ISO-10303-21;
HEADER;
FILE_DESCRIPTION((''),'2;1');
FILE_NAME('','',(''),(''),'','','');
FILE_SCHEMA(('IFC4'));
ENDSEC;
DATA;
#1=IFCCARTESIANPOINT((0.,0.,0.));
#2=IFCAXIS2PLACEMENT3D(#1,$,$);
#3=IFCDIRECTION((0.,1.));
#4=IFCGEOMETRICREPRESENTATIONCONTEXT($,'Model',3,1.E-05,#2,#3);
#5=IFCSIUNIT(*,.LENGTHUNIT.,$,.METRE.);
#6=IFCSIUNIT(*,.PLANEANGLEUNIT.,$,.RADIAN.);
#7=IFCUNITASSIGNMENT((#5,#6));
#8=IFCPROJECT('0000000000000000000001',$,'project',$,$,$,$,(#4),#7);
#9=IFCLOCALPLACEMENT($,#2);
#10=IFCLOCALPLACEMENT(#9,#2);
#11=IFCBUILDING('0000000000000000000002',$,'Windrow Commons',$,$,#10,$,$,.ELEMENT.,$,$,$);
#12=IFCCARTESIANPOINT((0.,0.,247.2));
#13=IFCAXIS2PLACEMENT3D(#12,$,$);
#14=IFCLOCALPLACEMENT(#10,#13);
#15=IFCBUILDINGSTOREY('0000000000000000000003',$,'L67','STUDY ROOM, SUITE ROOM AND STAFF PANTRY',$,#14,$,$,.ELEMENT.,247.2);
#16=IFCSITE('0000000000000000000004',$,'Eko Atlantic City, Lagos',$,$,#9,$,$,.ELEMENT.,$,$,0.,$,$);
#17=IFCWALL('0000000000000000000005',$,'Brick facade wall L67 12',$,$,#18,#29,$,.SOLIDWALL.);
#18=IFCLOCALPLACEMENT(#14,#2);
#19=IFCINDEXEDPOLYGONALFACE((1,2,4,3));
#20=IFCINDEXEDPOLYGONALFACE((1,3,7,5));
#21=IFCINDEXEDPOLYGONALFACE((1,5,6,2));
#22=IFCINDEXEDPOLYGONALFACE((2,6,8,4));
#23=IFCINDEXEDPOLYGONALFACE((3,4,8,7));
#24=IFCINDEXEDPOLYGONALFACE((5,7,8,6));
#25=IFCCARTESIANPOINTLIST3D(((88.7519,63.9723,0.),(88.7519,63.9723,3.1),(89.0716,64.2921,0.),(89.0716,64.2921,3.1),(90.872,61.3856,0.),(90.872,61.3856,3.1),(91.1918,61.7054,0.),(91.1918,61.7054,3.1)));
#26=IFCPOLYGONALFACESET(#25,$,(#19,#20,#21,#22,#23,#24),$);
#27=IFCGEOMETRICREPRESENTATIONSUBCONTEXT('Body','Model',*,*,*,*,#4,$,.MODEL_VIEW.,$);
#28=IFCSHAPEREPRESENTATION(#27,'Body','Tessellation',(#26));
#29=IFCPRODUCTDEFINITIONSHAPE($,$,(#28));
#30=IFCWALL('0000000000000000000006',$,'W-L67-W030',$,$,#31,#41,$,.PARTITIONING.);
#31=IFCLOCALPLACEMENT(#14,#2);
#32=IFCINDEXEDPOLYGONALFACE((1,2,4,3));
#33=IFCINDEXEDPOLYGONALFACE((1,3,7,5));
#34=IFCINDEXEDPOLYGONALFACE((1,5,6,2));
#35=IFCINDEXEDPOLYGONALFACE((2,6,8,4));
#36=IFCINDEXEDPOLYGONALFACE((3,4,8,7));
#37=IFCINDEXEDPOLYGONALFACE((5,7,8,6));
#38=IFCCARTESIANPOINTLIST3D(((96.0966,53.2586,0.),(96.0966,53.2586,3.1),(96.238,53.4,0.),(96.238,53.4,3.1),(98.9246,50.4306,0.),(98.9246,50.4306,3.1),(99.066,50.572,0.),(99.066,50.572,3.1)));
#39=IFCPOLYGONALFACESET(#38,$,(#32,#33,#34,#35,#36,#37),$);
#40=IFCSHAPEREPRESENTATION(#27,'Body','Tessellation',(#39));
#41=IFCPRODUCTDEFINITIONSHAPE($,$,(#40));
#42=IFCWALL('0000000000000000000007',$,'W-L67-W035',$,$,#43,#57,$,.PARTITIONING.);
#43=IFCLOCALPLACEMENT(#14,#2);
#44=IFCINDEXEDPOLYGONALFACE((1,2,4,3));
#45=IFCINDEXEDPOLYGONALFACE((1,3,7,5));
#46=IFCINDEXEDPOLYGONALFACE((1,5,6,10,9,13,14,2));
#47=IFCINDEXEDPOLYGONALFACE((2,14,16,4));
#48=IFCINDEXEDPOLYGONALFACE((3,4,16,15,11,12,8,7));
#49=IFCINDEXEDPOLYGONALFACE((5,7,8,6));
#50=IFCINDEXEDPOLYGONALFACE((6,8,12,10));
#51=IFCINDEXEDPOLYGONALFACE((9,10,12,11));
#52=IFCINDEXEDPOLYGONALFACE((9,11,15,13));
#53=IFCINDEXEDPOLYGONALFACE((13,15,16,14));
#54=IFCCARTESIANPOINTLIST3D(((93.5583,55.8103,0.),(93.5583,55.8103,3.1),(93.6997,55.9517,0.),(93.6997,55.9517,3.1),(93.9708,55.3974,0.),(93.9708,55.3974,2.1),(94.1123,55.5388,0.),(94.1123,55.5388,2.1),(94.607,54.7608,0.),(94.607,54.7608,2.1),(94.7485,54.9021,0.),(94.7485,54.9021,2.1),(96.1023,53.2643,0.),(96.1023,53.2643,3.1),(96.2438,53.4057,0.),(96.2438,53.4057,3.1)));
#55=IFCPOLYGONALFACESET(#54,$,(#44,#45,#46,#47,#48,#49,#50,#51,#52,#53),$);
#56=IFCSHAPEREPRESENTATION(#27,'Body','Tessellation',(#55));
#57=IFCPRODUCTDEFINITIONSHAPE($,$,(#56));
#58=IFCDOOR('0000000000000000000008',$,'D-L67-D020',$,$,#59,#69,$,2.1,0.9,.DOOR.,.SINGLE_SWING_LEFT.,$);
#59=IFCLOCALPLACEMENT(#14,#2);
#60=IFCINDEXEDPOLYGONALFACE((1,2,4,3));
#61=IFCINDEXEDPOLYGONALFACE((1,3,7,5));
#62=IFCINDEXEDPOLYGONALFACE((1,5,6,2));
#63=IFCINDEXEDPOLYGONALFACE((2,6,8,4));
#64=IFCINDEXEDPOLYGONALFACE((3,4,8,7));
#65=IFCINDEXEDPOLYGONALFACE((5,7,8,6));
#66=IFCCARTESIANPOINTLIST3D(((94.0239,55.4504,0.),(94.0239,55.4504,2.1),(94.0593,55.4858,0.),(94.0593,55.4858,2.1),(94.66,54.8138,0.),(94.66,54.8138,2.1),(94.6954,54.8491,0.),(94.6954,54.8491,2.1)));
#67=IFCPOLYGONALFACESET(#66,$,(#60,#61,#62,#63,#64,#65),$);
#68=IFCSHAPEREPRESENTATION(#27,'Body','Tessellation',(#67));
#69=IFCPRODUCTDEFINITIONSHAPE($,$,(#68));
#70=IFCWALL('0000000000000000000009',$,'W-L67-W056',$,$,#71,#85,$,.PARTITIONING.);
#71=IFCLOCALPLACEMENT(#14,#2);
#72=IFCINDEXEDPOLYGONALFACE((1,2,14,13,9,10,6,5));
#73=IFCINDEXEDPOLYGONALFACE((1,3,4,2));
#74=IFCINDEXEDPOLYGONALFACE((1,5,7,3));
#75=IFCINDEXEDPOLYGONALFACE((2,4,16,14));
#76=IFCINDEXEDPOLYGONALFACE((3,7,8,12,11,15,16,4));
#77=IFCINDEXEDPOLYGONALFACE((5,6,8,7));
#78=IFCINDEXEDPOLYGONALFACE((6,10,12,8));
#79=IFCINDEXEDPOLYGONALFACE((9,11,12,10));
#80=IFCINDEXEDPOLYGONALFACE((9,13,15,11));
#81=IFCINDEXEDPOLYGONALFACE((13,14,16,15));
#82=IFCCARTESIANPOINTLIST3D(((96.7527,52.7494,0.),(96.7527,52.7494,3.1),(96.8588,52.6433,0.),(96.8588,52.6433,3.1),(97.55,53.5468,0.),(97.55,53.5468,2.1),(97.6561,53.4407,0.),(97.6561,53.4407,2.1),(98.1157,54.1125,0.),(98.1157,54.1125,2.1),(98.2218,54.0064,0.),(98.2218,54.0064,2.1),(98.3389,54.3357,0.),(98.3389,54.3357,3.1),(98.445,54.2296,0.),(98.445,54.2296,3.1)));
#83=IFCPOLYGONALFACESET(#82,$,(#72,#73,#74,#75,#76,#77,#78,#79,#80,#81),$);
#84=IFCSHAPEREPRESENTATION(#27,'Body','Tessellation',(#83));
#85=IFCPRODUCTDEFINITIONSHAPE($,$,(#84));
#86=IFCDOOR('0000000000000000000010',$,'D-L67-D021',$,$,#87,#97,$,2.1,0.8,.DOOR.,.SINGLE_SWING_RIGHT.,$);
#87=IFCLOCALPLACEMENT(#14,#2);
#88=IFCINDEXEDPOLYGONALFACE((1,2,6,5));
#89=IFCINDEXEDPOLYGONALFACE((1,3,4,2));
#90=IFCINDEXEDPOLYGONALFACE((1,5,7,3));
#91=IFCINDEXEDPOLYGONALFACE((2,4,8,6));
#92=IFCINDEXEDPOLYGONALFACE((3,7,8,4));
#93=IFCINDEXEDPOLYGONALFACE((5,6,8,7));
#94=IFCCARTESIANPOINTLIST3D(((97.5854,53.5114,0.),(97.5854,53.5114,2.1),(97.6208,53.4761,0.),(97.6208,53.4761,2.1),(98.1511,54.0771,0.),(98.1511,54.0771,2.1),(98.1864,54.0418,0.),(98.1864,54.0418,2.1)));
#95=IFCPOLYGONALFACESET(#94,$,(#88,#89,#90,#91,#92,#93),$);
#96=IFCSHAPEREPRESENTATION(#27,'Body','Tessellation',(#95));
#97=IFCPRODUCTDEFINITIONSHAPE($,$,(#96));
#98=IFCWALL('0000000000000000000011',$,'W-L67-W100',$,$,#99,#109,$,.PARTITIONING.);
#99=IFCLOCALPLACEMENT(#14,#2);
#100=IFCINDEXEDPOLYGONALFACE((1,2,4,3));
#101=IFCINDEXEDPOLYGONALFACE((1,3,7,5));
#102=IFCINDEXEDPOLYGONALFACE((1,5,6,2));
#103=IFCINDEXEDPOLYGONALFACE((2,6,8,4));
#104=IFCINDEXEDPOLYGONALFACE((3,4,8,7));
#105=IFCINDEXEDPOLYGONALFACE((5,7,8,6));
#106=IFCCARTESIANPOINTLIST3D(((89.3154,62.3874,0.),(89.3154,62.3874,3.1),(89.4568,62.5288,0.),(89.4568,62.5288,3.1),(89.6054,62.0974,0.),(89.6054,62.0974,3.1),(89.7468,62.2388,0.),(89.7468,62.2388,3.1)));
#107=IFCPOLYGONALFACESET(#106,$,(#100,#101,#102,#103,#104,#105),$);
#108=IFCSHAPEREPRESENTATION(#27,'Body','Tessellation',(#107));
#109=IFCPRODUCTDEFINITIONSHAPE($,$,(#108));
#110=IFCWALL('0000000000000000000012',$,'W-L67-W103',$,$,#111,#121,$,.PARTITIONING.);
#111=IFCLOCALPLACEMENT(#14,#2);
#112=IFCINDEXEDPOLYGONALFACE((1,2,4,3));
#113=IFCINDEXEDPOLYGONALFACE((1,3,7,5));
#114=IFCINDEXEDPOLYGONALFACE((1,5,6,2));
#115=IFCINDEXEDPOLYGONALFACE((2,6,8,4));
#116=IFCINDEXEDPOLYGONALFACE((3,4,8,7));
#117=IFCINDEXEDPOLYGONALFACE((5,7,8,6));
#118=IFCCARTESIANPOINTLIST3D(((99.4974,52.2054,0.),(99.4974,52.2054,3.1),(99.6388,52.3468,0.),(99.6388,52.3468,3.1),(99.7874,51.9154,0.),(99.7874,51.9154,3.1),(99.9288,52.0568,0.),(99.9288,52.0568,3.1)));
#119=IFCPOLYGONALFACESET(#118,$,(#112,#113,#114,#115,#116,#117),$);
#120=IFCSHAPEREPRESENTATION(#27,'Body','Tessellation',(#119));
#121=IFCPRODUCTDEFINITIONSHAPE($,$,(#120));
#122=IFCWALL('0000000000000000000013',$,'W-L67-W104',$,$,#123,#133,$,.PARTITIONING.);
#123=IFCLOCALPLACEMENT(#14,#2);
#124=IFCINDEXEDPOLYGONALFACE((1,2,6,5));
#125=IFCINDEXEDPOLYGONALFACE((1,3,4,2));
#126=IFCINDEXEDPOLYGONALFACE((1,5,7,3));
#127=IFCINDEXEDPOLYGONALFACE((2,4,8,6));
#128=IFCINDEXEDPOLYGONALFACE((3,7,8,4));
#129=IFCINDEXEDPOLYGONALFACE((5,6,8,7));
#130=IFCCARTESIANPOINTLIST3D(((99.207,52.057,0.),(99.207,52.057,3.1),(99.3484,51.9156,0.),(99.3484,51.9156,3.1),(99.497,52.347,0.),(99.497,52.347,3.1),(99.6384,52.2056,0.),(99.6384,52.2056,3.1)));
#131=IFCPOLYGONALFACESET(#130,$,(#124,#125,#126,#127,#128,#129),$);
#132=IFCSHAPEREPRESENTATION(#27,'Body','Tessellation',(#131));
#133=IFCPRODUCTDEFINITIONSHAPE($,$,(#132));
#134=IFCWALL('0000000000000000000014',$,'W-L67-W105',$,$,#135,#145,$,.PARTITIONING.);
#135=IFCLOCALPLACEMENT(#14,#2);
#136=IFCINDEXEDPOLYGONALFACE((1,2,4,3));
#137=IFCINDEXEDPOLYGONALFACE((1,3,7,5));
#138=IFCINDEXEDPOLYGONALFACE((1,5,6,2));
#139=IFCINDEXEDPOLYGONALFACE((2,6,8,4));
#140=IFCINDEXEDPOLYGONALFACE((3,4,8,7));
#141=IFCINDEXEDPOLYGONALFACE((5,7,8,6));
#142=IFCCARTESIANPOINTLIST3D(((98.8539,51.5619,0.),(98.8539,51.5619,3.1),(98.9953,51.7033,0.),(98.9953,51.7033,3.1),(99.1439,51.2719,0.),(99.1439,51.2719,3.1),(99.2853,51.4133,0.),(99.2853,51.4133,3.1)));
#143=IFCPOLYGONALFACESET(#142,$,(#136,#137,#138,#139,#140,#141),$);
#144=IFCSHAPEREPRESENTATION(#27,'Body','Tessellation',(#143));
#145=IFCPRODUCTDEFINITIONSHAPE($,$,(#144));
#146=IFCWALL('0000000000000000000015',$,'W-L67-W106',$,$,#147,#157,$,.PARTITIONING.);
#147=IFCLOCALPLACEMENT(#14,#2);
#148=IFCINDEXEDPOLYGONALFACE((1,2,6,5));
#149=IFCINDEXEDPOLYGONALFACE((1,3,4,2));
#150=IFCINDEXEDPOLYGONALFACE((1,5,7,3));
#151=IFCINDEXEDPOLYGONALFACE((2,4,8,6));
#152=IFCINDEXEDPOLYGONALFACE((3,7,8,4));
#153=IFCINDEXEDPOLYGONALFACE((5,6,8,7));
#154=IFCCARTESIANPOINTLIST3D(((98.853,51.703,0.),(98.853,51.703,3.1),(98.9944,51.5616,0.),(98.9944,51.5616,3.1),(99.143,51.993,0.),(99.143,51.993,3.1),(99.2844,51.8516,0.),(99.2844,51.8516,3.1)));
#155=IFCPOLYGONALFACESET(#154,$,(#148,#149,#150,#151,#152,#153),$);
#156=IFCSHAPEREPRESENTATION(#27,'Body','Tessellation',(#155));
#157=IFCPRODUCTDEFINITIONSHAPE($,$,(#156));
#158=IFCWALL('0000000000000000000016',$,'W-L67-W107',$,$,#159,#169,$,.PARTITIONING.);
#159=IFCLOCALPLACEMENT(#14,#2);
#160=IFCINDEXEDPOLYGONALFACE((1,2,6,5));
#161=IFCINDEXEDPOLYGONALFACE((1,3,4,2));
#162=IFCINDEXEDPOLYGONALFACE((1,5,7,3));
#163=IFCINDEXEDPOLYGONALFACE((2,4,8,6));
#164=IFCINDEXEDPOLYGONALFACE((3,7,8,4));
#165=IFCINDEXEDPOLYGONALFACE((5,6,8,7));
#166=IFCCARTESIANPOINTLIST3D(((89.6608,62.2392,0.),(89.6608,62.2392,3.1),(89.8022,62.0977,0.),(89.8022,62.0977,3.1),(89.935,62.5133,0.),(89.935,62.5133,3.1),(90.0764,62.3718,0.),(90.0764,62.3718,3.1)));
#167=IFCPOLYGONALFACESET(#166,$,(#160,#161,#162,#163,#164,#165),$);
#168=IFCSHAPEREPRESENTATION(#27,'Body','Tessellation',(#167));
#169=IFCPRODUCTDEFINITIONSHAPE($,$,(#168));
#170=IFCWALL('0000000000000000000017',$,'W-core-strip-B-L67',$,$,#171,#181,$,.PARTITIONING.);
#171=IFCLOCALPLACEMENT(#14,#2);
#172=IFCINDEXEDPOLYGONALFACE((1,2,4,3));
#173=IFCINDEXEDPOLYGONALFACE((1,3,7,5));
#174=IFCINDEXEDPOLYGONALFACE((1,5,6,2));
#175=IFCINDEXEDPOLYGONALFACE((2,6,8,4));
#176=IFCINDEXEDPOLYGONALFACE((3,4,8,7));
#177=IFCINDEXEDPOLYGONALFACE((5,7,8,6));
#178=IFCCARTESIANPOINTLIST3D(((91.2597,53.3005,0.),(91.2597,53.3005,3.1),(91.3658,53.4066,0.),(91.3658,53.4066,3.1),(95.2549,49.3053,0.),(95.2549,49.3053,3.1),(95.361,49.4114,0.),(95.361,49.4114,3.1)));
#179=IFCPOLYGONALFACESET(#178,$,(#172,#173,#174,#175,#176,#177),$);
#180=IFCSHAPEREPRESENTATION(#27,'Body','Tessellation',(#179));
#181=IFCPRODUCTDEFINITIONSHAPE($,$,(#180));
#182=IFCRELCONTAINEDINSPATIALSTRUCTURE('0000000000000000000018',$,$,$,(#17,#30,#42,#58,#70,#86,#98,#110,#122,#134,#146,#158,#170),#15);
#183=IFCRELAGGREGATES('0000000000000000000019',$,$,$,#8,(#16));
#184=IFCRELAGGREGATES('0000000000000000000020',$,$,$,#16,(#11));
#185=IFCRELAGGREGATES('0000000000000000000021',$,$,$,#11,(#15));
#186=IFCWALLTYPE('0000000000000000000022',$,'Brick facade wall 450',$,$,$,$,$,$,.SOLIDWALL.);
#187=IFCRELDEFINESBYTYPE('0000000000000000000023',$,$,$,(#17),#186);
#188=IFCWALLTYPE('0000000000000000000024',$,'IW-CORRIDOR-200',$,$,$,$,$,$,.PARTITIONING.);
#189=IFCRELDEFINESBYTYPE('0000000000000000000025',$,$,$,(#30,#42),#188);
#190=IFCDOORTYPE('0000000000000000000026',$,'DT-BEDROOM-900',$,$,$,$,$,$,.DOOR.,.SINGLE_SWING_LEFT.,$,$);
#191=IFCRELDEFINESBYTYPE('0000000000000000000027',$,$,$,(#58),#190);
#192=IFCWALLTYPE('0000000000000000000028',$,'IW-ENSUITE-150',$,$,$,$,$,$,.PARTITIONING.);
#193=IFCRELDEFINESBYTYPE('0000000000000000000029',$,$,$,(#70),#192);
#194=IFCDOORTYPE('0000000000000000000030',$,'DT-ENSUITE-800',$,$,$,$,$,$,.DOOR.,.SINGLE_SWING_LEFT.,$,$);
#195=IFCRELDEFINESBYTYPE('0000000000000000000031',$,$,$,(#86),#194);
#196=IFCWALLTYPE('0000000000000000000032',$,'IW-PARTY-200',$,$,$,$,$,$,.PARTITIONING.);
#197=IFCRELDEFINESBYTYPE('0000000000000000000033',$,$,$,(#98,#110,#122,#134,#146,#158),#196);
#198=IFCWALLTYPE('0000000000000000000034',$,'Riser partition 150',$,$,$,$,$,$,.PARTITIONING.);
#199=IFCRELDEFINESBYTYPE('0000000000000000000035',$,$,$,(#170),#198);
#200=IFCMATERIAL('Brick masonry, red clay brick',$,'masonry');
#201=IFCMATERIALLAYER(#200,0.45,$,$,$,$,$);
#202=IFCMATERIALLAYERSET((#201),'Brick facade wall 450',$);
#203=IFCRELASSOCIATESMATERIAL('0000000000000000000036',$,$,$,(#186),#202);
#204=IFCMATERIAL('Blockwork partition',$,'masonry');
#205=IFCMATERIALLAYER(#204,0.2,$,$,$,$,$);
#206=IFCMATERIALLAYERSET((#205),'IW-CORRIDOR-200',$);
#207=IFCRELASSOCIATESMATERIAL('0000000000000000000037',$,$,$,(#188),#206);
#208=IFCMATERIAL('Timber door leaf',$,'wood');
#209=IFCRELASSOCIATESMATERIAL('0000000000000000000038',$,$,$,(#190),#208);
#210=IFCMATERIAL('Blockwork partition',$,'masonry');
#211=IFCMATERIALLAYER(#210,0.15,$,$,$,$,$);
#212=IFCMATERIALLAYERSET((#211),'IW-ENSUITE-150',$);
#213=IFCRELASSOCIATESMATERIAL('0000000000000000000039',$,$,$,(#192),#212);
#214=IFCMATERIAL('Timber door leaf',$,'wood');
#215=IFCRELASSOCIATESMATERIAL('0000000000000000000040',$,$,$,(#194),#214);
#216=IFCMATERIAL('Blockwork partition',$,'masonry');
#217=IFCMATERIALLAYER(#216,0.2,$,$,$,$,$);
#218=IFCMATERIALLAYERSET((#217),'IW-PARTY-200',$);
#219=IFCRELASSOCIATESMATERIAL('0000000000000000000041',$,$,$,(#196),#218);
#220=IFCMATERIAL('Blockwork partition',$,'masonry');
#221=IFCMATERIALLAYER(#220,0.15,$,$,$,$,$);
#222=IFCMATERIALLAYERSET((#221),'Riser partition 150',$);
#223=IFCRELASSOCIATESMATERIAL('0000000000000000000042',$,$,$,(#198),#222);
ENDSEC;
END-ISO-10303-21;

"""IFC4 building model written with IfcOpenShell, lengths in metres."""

from ifc_helpers import new_model, si_unit, direction, frame, frame_2d, origin, place, context, subcontext, project, spatial, polyline, rectangle, outline, extrude, material, layer, layer_set, type_object, element, fill, save


model = new_model("IFC4")

# Units and contexts
model_context = context("Model", 3, precision=1e-05, world=origin(), true_north=direction((0.0, 1.0)))
body_context = subcontext(model_context, "Body", "Model", "MODEL_VIEW")
ifc_project = project(units=[si_unit("LENGTHUNIT", "METRE"), si_unit("PLANEANGLEUNIT", "RADIAN")], contexts=[model_context])

# Site, building, storey
site_placement = place(None, origin())
site = spatial("IfcSite", under=ifc_project, at=site_placement, Name="Eko Atlantic City, Lagos", CompositionType="ELEMENT", RefElevation=0.0)
building_placement = place(site_placement, origin())
building = spatial("IfcBuilding", under=site, at=building_placement, Name="Windrow Commons", CompositionType="ELEMENT")
storey_placement = place(building_placement, frame((0.0, 0.0, 247.2)))
storey = spatial("IfcBuildingStorey", under=building, at=storey_placement, Name="L67", Description="STUDY ROOM, SUITE ROOM AND STAFF PANTRY", CompositionType="ELEMENT", Elevation=247.2)

# Shared definitions
ifc_material_1 = material(Name="Brick masonry, red clay brick", Category="masonry")
ifc_layer_1 = layer(ifc_material_1, 0.45)
ifc_layer_set_1 = layer_set([ifc_layer_1], Name="Brick facade wall 450")
wall_type_1 = type_object("IfcWallType", Name="Brick facade wall 450", PredefinedType="SOLIDWALL", material=ifc_layer_set_1)

# Walls
wall_1_placement = place(storey_placement, frame((91.0319, 61.5455, 0.0), z_axis=(0.0, 0.0, 1.0), x_axis=(-0.633902, 0.773413, 0.0)))
element("IfcWall", 1, at=wall_1_placement, inside=storey, type_object=wall_type_1, Name="Brick facade wall L67 12", PredefinedType="SOLIDWALL", context=body_context, shape_type="SweptSolid", body=[
    extrude(outline(polyline([(0.0223, -0.225), (3.3669, -0.225), (3.3222, 0.225), (-0.0223, 0.225), (0.0223, -0.225)])), origin(), (0.0, 0.0, 1.0), 3.1),
])
ifc_material_2 = material(Name="Blockwork partition", Category="masonry")
ifc_layer_2 = layer(ifc_material_2, 0.2)
ifc_layer_set_2 = layer_set([ifc_layer_2], Name="IW-CORRIDOR-200")
wall_type_2 = type_object("IfcWallType", Name="IW-CORRIDOR-200", PredefinedType="PARTITIONING", material=ifc_layer_set_2)
wall_2_placement = place(storey_placement, frame((96.1673, 53.3293, 0.0), z_axis=(0.0, 0.0, 1.0), x_axis=(0.707107, -0.707107, 0.0)))
element("IfcWall", 2, at=wall_2_placement, inside=storey, type_object=wall_type_2, Name="W-L67-W030", PredefinedType="PARTITIONING", context=body_context, shape_type="SweptSolid", body=[
    extrude(rectangle(XDim=3.9994, YDim=0.2, at=frame_2d((1.9997, 0.0))), origin(), (0.0, 0.0, 1.0), 3.1),
])

# Walls, openings, doors
wall_3_placement = place(storey_placement, frame((93.629, 55.881, 0.0), z_axis=(0.0, 0.0, 1.0), x_axis=(0.706829, -0.707385, 0.0)))
wall_3 = element("IfcWall", 3, at=wall_3_placement, inside=storey, type_object=wall_type_2, Name="W-L67-W035", PredefinedType="PARTITIONING", context=body_context, shape_type="SweptSolid", body=[
    extrude(rectangle(XDim=3.5992, YDim=0.2, at=frame_2d((1.7996, 0.0))), origin(), (0.0, 0.0, 1.0), 3.1),
])
opening_1_placement = place(wall_3_placement, frame((0.5837, 0.0, 0.0)))
opening_1 = element("IfcOpeningElement", 4, at=opening_1_placement, cuts=wall_3, PredefinedType="OPENING", context=body_context, shape_type="SweptSolid", body=[
    extrude(rectangle(XDim=0.9, YDim=2.1, at=frame_2d((0.45, 1.05))), frame((0.0, 0.11, 0.0), z_axis=(0.0, -1.0, 0.0), x_axis=(1.0, 0.0, 0.0)), (0.0, 0.0, 1.0), 0.22),
])
ifc_material_3 = material(Name="Timber door leaf", Category="wood")
door_type_1 = type_object("IfcDoorType", Name="DT-BEDROOM-900", OperationType="SINGLE_SWING_LEFT", PredefinedType="DOOR", material=ifc_material_3)
door_1_placement = place(opening_1_placement, origin())
door_1 = element("IfcDoor", 5, at=door_1_placement, inside=storey, type_object=door_type_1, Name="D-L67-D020", OperationType="SINGLE_SWING_LEFT", OverallHeight=2.1, OverallWidth=0.9, PredefinedType="DOOR", context=body_context, shape_type="SweptSolid", body=[
    extrude(rectangle(XDim=0.9, YDim=2.1, at=frame_2d((0.45, 1.05))), frame((0.0, 0.025, 0.0), z_axis=(0.0, -1.0, 0.0), x_axis=(1.0, 0.0, 0.0)), (0.0, 0.0, 1.0), 0.05),
])
fill(opening_1, door_1)
ifc_material_4 = material(Name="Blockwork partition", Category="masonry")
ifc_layer_3 = layer(ifc_material_4, 0.15)
ifc_layer_set_3 = layer_set([ifc_layer_3], Name="IW-ENSUITE-150")
wall_type_3 = type_object("IfcWallType", Name="IW-ENSUITE-150", PredefinedType="PARTITIONING", material=ifc_layer_set_3)
wall_4_placement = place(storey_placement, frame((96.8057, 52.6963, 0.0), z_axis=(0.0, 0.0, 1.0), x_axis=(0.707084, 0.707129, 0.0)))
wall_4 = element("IfcWall", 6, at=wall_4_placement, inside=storey, type_object=wall_type_3, Name="W-L67-W056", PredefinedType="PARTITIONING", context=body_context, shape_type="SweptSolid", body=[
    extrude(rectangle(XDim=2.2433, YDim=0.15, at=frame_2d((1.1217, 0.0))), origin(), (0.0, 0.0, 1.0), 3.1),
])
opening_2_placement = place(wall_4_placement, frame((1.1277, 0.0, 0.0)))
opening_2 = element("IfcOpeningElement", 7, at=opening_2_placement, cuts=wall_4, PredefinedType="OPENING", context=body_context, shape_type="SweptSolid", body=[
    extrude(rectangle(XDim=0.8, YDim=2.1, at=frame_2d((0.4, 1.05))), frame((0.0, 0.085, 0.0), z_axis=(0.0, -1.0, 0.0), x_axis=(1.0, 0.0, 0.0)), (0.0, 0.0, 1.0), 0.17),
])
ifc_material_5 = material(Name="Timber door leaf", Category="wood")
door_type_2 = type_object("IfcDoorType", Name="DT-ENSUITE-800", OperationType="SINGLE_SWING_LEFT", PredefinedType="DOOR", material=ifc_material_5)
door_2_placement = place(opening_2_placement, origin())
door_2 = element("IfcDoor", 8, at=door_2_placement, inside=storey, type_object=door_type_2, Name="D-L67-D021", OperationType="SINGLE_SWING_RIGHT", OverallHeight=2.1, OverallWidth=0.8, PredefinedType="DOOR", context=body_context, shape_type="SweptSolid", body=[
    extrude(rectangle(XDim=0.8, YDim=2.1, at=frame_2d((0.4, 1.05))), frame((0.0, 0.025, 0.0), z_axis=(0.0, -1.0, 0.0), x_axis=(1.0, 0.0, 0.0)), (0.0, 0.0, 1.0), 0.05),
])
fill(opening_2, door_2)

# Walls
ifc_material_6 = material(Name="Blockwork partition", Category="masonry")
ifc_layer_4 = layer(ifc_material_6, 0.2)
ifc_layer_set_4 = layer_set([ifc_layer_4], Name="IW-PARTY-200")
wall_type_4 = type_object("IfcWallType", Name="IW-PARTY-200", PredefinedType="PARTITIONING", material=ifc_layer_set_4)
for number, where, z_axis, x_axis, name in (
    (9, (89.3861, 62.4581, 0.0), (0.0, 0.0, 1.0), (0.707107, -0.707107, 0.0), "W-L67-W100"),
    (10, (99.5681, 52.2761, 0.0), (0.0, 0.0, 1.0), (0.707107, -0.707107, 0.0), "W-L67-W103"),
    (11, (99.2777, 51.9863, 0.0), (0.0, 0.0, 1.0), (0.707107, 0.707107, 0.0), "W-L67-W104"),
    (12, (98.9246, 51.6326, 0.0), (0.0, 0.0, 1.0), (0.707107, -0.707107, 0.0), "W-L67-W105"),
    (13, (98.9237, 51.6323, 0.0), (0.0, 0.0, 1.0), (0.707107, 0.707107, 0.0), "W-L67-W106"),
):
    element("IfcWall", number, at=place(storey_placement, frame(where, z_axis=z_axis, x_axis=x_axis)), inside=storey, type_object=wall_type_4, Name=name, PredefinedType="PARTITIONING", context=body_context, shape_type="SweptSolid", body=[
        extrude(rectangle(XDim=0.4101, YDim=0.2, at=frame_2d((0.2051, 0.0))), origin(), (0.0, 0.0, 1.0), 3.1),
    ])
wall_5_placement = place(storey_placement, frame((89.7315, 62.1685, 0.0), z_axis=(0.0, 0.0, 1.0), x_axis=(0.707236, 0.706978, 0.0)))
element("IfcWall", 14, at=wall_5_placement, inside=storey, type_object=wall_type_4, Name="W-L67-W107", PredefinedType="PARTITIONING", context=body_context, shape_type="SweptSolid", body=[
    extrude(rectangle(XDim=0.3877, YDim=0.2, at=frame_2d((0.1938, 0.0))), origin(), (0.0, 0.0, 1.0), 3.1),
])
ifc_material_7 = material(Name="Blockwork partition", Category="masonry")
ifc_layer_5 = layer(ifc_material_7, 0.15)
ifc_layer_set_5 = layer_set([ifc_layer_5], Name="Riser partition 150")
wall_type_5 = type_object("IfcWallType", Name="Riser partition 150", PredefinedType="PARTITIONING", material=ifc_layer_set_5)
wall_6_placement = place(storey_placement, frame((91.3127, 53.3536, 0.0), z_axis=(0.0, 0.0, 1.0), x_axis=(0.707107, -0.707107, 0.0)))
element("IfcWall", 15, at=wall_6_placement, inside=storey, type_object=wall_type_5, Name="W-core-strip-B-L67", PredefinedType="PARTITIONING", context=body_context, shape_type="SweptSolid", body=[
    extrude(rectangle(XDim=5.6501, YDim=0.15, at=frame_2d((2.8251, 0.0))), origin(), (0.0, 0.0, 1.0), 3.1),
])

save(model, "model.ifc")
